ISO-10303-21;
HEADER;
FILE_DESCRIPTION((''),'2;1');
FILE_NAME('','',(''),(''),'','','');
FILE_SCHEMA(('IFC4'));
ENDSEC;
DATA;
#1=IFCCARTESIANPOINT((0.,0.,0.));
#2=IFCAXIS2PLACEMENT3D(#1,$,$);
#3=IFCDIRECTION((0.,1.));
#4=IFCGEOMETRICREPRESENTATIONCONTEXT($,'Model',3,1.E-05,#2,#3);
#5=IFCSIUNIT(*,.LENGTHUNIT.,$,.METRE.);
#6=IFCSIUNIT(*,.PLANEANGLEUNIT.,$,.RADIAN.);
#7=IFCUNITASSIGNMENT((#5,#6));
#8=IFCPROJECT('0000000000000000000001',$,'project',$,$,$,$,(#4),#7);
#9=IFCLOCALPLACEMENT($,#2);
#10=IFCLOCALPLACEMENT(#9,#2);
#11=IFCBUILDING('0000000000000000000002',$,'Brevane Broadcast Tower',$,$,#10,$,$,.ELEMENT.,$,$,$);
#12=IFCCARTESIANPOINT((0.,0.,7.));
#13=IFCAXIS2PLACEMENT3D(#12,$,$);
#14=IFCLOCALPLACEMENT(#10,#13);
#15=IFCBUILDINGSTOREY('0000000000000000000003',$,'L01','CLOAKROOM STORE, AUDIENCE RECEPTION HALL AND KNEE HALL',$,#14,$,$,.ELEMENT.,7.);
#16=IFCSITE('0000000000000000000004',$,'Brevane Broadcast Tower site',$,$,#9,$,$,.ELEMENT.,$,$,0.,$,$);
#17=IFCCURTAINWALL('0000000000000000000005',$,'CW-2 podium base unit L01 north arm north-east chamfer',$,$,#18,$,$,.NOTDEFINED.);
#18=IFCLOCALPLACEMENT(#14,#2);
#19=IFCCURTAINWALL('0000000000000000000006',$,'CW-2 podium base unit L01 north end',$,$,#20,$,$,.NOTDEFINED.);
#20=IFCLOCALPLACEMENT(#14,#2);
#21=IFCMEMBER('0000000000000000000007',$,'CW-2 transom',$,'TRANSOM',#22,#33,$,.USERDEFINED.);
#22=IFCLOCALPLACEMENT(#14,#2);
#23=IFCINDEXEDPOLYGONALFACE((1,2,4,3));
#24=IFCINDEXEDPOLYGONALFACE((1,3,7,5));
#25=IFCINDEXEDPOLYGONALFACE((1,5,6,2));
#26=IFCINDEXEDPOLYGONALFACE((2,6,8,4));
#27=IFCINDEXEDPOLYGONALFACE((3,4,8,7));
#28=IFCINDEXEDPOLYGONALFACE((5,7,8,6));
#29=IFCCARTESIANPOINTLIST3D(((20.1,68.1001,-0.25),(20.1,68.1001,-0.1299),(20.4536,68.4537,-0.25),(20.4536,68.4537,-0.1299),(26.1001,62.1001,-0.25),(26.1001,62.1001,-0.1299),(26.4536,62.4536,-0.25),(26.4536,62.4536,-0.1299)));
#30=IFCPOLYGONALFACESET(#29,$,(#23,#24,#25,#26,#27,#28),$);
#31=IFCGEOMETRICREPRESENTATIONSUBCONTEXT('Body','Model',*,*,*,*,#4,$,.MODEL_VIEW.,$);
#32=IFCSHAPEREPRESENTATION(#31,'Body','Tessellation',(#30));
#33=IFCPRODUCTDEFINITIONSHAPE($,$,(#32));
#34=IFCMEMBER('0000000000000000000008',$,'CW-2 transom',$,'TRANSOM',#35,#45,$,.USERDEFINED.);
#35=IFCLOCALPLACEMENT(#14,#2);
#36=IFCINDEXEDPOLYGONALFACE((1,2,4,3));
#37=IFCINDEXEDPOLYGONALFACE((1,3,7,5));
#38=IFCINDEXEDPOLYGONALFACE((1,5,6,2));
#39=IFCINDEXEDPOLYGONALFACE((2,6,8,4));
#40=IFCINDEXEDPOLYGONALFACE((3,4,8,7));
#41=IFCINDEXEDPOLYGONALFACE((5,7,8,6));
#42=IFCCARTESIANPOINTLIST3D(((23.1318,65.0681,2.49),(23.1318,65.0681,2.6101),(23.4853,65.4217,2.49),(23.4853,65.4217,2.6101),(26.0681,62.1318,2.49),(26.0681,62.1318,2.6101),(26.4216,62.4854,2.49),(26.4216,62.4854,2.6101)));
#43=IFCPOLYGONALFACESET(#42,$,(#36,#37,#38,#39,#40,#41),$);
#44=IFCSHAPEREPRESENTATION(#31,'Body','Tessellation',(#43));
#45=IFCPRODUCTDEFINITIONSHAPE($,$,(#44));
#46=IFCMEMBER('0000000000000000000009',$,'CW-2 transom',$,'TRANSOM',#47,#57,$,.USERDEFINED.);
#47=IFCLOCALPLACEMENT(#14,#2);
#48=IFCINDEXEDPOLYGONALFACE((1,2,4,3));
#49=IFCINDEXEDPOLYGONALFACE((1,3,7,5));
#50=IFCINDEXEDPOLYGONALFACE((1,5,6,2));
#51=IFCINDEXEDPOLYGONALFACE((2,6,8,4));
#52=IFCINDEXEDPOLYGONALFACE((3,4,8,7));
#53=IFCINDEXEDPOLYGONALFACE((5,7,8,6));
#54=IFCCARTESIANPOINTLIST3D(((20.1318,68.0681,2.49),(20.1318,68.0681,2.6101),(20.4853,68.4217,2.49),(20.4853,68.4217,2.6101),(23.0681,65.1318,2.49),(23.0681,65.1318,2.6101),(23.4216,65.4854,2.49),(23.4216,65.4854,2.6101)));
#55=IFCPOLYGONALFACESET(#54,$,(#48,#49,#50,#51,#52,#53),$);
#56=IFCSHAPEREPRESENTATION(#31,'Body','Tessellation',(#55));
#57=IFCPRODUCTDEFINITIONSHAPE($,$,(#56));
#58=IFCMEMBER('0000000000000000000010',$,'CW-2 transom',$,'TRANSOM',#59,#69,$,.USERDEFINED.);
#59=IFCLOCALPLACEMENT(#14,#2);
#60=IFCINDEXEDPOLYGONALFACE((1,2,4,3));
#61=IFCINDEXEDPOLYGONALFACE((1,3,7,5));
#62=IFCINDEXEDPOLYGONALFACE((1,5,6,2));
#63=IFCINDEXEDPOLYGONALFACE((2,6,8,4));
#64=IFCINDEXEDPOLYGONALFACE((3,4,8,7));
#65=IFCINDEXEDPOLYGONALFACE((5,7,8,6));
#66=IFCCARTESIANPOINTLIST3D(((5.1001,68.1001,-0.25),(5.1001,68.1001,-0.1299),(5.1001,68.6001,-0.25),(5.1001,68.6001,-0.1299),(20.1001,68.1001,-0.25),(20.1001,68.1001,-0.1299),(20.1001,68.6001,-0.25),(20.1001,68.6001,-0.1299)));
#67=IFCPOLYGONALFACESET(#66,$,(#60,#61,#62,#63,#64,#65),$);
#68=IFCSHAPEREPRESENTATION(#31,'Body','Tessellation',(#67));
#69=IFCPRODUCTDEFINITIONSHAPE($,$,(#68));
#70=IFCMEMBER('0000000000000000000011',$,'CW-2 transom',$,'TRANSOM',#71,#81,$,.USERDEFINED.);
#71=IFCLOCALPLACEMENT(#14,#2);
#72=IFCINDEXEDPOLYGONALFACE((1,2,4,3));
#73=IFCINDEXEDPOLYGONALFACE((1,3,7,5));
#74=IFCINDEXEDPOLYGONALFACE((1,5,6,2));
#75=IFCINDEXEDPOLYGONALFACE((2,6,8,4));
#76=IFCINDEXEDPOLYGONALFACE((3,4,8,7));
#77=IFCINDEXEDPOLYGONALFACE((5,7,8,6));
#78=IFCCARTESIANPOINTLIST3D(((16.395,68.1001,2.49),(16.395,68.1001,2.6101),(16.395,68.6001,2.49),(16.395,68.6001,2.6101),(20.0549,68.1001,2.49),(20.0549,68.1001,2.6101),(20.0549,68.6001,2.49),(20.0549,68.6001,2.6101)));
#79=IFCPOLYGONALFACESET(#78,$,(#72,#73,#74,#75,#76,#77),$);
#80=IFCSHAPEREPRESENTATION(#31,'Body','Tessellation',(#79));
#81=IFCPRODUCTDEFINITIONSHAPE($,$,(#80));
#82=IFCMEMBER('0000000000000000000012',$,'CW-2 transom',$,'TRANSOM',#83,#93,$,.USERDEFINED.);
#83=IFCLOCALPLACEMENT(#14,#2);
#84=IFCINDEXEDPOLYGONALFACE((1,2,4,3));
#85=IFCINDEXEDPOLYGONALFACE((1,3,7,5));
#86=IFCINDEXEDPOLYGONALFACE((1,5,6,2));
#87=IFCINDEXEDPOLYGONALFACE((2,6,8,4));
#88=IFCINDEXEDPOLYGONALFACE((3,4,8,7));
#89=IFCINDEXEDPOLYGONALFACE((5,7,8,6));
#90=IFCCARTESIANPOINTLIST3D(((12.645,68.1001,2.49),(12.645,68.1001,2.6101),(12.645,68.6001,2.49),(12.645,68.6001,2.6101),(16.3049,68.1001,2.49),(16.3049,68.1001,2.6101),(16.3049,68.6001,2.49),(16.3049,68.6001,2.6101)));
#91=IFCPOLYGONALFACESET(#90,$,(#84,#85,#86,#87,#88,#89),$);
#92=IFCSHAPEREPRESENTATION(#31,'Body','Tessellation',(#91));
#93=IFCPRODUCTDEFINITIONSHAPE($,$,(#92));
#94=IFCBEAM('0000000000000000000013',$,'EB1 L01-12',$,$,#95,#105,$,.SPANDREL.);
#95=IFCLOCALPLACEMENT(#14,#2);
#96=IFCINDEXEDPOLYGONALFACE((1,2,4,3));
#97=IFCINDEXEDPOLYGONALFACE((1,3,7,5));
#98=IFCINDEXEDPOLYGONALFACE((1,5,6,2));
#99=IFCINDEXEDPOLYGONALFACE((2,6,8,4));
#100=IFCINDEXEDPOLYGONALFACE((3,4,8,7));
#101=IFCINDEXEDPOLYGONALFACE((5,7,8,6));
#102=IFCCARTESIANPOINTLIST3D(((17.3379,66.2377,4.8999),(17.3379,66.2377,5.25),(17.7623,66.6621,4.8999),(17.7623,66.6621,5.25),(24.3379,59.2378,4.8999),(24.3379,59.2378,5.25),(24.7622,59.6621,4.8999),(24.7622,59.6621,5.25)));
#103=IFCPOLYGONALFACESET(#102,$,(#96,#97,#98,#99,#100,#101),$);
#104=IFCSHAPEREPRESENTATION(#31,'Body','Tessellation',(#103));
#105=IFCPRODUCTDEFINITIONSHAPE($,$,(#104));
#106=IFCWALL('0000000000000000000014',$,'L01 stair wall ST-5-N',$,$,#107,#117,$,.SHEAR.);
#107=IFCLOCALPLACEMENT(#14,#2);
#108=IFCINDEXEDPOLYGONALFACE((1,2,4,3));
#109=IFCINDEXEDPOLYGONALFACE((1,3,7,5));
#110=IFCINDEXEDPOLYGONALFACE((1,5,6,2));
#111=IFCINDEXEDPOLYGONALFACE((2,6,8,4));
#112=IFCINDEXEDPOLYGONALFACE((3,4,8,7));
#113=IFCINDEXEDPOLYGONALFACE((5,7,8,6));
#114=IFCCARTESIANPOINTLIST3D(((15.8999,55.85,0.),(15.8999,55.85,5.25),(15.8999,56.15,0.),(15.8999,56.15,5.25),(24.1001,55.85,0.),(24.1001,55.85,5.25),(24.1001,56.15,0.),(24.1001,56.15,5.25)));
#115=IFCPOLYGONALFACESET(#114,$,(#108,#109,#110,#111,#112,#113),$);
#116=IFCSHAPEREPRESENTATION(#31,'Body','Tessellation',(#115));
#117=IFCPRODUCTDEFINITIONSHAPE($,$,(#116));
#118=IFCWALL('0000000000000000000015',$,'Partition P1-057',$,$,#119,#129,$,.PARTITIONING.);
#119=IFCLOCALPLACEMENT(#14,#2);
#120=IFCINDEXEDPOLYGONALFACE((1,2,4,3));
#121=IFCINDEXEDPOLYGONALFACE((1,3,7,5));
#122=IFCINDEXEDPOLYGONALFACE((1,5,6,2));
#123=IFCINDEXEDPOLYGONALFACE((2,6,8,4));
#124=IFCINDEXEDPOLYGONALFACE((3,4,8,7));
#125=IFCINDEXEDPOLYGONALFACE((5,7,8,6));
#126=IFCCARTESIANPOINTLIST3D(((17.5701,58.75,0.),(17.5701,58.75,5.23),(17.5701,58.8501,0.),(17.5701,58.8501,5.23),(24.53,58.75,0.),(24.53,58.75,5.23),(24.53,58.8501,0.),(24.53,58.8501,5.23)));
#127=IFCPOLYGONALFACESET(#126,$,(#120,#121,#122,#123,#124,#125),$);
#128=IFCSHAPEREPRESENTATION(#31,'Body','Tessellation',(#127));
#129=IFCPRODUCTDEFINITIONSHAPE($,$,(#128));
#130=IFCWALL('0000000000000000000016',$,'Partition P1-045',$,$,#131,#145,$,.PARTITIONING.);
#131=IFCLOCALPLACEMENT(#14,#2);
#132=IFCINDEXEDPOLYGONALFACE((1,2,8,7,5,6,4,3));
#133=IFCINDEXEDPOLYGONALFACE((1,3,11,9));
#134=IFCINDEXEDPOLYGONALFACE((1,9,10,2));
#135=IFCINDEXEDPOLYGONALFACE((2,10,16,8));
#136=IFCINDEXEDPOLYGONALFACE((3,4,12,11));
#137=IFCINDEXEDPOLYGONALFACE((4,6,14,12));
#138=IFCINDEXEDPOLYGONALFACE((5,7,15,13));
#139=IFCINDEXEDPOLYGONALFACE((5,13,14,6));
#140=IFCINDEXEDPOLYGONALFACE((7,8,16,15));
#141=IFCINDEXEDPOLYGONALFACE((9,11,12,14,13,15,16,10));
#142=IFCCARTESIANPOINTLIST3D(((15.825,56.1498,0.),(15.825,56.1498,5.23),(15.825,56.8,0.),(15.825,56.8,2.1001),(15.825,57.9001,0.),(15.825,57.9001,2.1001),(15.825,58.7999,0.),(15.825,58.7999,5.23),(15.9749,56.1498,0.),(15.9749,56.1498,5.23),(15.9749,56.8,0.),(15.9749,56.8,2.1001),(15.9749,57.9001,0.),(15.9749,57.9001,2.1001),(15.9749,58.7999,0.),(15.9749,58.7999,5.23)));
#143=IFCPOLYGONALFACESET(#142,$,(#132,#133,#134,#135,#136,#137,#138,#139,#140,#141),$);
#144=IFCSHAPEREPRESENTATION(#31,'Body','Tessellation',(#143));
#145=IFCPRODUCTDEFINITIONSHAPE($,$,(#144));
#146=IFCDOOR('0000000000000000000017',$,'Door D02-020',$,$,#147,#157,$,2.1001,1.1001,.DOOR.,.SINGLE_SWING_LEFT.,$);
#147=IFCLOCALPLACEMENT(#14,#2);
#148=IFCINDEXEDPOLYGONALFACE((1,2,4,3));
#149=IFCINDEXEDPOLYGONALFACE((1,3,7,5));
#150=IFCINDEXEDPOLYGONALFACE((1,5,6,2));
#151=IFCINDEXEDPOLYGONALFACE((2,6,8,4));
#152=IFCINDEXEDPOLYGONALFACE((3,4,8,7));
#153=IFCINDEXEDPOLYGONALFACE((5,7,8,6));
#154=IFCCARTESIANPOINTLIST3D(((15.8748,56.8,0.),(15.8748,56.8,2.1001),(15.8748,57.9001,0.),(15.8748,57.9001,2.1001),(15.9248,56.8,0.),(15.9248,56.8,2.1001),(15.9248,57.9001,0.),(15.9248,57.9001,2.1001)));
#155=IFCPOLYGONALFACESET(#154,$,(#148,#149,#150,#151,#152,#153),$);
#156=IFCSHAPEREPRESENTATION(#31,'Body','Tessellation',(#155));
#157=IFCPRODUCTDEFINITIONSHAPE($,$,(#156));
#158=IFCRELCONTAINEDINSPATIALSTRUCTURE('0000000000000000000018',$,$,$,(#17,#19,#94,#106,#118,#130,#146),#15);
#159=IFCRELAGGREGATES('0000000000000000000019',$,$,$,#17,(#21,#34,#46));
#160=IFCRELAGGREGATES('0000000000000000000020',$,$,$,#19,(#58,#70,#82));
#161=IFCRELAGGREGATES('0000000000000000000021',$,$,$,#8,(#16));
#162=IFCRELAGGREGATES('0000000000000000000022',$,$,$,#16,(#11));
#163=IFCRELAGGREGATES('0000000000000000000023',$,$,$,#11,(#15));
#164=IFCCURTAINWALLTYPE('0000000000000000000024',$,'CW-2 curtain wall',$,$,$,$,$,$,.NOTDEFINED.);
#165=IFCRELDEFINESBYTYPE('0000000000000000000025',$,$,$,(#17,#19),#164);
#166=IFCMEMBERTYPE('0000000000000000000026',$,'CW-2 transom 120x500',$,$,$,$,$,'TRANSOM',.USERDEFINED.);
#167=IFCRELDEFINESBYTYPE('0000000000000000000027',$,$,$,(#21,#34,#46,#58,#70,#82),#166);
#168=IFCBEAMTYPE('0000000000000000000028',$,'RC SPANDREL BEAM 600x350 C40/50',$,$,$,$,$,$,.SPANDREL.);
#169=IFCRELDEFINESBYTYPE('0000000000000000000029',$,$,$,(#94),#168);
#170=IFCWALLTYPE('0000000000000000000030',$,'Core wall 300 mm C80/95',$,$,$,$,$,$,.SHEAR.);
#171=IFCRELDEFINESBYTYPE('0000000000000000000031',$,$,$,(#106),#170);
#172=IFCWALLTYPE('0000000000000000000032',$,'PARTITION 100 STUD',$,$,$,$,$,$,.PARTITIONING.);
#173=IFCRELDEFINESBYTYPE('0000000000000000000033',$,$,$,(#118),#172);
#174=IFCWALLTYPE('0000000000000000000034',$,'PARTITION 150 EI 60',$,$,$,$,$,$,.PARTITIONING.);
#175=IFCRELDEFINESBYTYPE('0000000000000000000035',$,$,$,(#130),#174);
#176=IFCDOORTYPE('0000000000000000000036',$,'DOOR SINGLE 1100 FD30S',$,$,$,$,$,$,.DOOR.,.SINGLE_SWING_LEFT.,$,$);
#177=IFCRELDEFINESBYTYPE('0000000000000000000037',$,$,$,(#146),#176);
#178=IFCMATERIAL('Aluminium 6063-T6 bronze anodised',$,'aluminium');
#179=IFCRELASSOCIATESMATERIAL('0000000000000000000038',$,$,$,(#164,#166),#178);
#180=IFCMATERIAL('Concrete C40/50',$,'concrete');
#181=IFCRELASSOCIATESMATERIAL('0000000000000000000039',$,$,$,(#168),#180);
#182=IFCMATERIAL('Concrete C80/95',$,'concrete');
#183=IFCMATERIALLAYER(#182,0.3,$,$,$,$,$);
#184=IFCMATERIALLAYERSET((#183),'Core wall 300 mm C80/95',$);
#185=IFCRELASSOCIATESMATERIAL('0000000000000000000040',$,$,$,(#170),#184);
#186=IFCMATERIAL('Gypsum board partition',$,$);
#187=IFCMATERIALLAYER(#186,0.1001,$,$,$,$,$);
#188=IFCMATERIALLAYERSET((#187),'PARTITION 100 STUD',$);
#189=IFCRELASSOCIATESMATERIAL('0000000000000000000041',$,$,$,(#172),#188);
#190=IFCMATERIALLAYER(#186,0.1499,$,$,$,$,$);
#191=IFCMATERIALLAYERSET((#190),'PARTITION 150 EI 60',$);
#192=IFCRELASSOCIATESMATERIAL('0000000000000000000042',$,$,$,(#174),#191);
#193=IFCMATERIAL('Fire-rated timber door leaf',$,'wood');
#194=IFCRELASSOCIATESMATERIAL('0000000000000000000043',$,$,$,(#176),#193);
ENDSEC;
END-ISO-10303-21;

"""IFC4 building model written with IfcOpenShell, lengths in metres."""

from ifc_helpers import new_model, si_unit, direction, frame, frame_2d, origin, origin_2d, place, context, subcontext, project, spatial, rectangle, extrude, material, layer, layer_set, material_profile, profile_set, type_object, element, fill, aggregate, save


model = new_model("IFC4")

# Units and contexts
model_context = context("Model", 3, precision=1e-05, world=origin(), true_north=direction((0.0, 1.0)))
body_context = subcontext(model_context, "Body", "Model", "MODEL_VIEW")
ifc_project = project(units=[si_unit("LENGTHUNIT", "METRE"), si_unit("PLANEANGLEUNIT", "RADIAN")], contexts=[model_context])

# Site, building, storey
site_placement = place(None, origin())
site = spatial("IfcSite", under=ifc_project, at=site_placement, Name="Brevane Broadcast Tower site", CompositionType="ELEMENT", RefElevation=0.0)
building_placement = place(site_placement, origin())
building = spatial("IfcBuilding", under=site, at=building_placement, Name="Brevane Broadcast Tower", CompositionType="ELEMENT")
storey_placement = place(building_placement, frame((0.0, 0.0, 7.0)))
storey = spatial("IfcBuildingStorey", under=building, at=storey_placement, Name="L01", Description="CLOAKROOM STORE, AUDIENCE RECEPTION HALL AND KNEE HALL", CompositionType="ELEMENT", Elevation=7.0)

# Shared definitions
ifc_material_1 = material(Name="Concrete C80/95", Category="concrete")

# Curtain walls
ifc_material_2 = material(Name="Aluminium 6063-T6 bronze anodised", Category="aluminium")
curtain_wall_type = type_object("IfcCurtainWallType", Name="CW-2 curtain wall", PredefinedType="NOTDEFINED", material=ifc_material_2)
curtain_wall_1_placement = place(storey_placement, origin())
curtain_wall_1 = element("IfcCurtainWall", 1, at=curtain_wall_1_placement, inside=storey, type_object=curtain_wall_type, Name="CW-2 podium base unit L01 north arm north-east chamfer", PredefinedType="NOTDEFINED")
curtain_wall_2_placement = place(storey_placement, origin())
curtain_wall_2 = element("IfcCurtainWall", 2, at=curtain_wall_2_placement, inside=storey, type_object=curtain_wall_type, Name="CW-2 podium base unit L01 north end", PredefinedType="NOTDEFINED")

# Members
ifc_material_profile_1 = material_profile(ifc_material_2, rectangle(XDim=0.5, YDim=0.1201, at=origin_2d()), Name="RECT 120x500")
ifc_profile_set_1 = profile_set([ifc_material_profile_1], Name="Aluminium 6063-T6 bronze anodised")
member_type_1 = type_object("IfcMemberType", Name="CW-2 transom 120x500", ElementType="TRANSOM", PredefinedType="USERDEFINED", material=ifc_profile_set_1)
member_1_placement = place(storey_placement, frame((26.2769, 62.2769, -0.1899), z_axis=(-0.707107, 0.707107, 0.0), x_axis=(-0.707107, -0.707107, 0.0)))
member_1 = element("IfcMember", 3, at=member_1_placement, type_object=member_type_1, Name="CW-2 transom", ObjectType="TRANSOM", PredefinedType="USERDEFINED", context=body_context, shape_type="SweptSolid", body=[
    extrude(rectangle(XDim=0.5, YDim=0.1201, at=origin_2d()), origin(), (0.0, 0.0, 1.0), 8.4854),
])
member_2_placement = place(storey_placement, frame((26.2449, 62.3086, 2.55), z_axis=(-0.707107, 0.707107, 0.0), x_axis=(-0.707107, -0.707107, 0.0)))
member_2 = element("IfcMember", 4, at=member_2_placement, type_object=member_type_1, Name="CW-2 transom", ObjectType="TRANSOM", PredefinedType="USERDEFINED", context=body_context, shape_type="SweptSolid", body=[
    extrude(rectangle(XDim=0.5, YDim=0.1201, at=origin_2d()), origin(), (0.0, 0.0, 1.0), 4.1526),
])
member_3_placement = place(storey_placement, frame((23.2449, 65.3086, 2.55), z_axis=(-0.707107, 0.707107, 0.0), x_axis=(-0.707107, -0.707107, 0.0)))
member_3 = element("IfcMember", 5, at=member_3_placement, type_object=member_type_1, Name="CW-2 transom", ObjectType="TRANSOM", PredefinedType="USERDEFINED", context=body_context, shape_type="SweptSolid", body=[
    extrude(rectangle(XDim=0.5, YDim=0.1201, at=origin_2d()), origin(), (0.0, 0.0, 1.0), 4.1526),
])
aggregate(curtain_wall_1, [member_1, member_2, member_3])
member_4_placement = place(storey_placement, frame((20.1001, 68.3501, -0.1899), z_axis=(-1.0, 0.0, 0.0), x_axis=(0.0, -1.0, 0.0)))
member_4 = element("IfcMember", 6, at=member_4_placement, type_object=member_type_1, Name="CW-2 transom", ObjectType="TRANSOM", PredefinedType="USERDEFINED", context=body_context, shape_type="SweptSolid", body=[
    extrude(rectangle(XDim=0.5, YDim=0.1201, at=origin_2d()), origin(), (0.0, 0.0, 1.0), 15.0),
])
member_5_placement = place(storey_placement, frame((20.0549, 68.3501, 2.55), z_axis=(-1.0, 0.0, 0.0), x_axis=(0.0, -1.0, 0.0)))
member_5 = element("IfcMember", 7, at=member_5_placement, type_object=member_type_1, Name="CW-2 transom", ObjectType="TRANSOM", PredefinedType="USERDEFINED", context=body_context, shape_type="SweptSolid", body=[
    extrude(rectangle(XDim=0.5, YDim=0.1201, at=origin_2d()), origin(), (0.0, 0.0, 1.0), 3.6599),
])
member_6_placement = place(storey_placement, frame((16.3049, 68.3501, 2.55), z_axis=(-1.0, 0.0, 0.0), x_axis=(0.0, -1.0, 0.0)))
member_6 = element("IfcMember", 8, at=member_6_placement, type_object=member_type_1, Name="CW-2 transom", ObjectType="TRANSOM", PredefinedType="USERDEFINED", context=body_context, shape_type="SweptSolid", body=[
    extrude(rectangle(XDim=0.5, YDim=0.1201, at=origin_2d()), origin(), (0.0, 0.0, 1.0), 3.6599),
])
aggregate(curtain_wall_2, [member_4, member_5, member_6])

# Beam
ifc_material_3 = material(Name="Concrete C40/50", Category="concrete")
ifc_material_profile_2 = material_profile(ifc_material_3, rectangle(XDim=0.6001, YDim=0.3501, at=origin_2d()), Name="RC 600x350")
ifc_profile_set_2 = profile_set([ifc_material_profile_2], Name="Concrete C40/50")
beam_type = type_object("IfcBeamType", Name="RC SPANDREL BEAM 600x350 C40/50", PredefinedType="SPANDREL", material=ifc_profile_set_2)
beam_placement = place(storey_placement, frame((24.55, 59.45, 5.075), z_axis=(-0.707107, 0.707107, 0.0), x_axis=(-0.707107, -0.707107, 0.0)))
element("IfcBeam", 9, at=beam_placement, inside=storey, type_object=beam_type, Name="EB1 L01-12", PredefinedType="SPANDREL", context=body_context, shape_type="SweptSolid", body=[
    extrude(rectangle(XDim=0.6001, YDim=0.3501, at=origin_2d()), origin(), (0.0, 0.0, 1.0), 9.8994),
])

# Walls
ifc_layer_1 = layer(ifc_material_1, 0.3)
ifc_layer_set_1 = layer_set([ifc_layer_1], Name="Core wall 300 mm C80/95")
wall_type_1 = type_object("IfcWallType", Name="Core wall 300 mm C80/95", PredefinedType="SHEAR", material=ifc_layer_set_1)
wall_1_placement = place(storey_placement, frame((15.8999, 56.0, 0.0), z_axis=(0.0, 0.0, 1.0), x_axis=(1.0, 0.0, 0.0)))
element("IfcWall", 10, at=wall_1_placement, inside=storey, type_object=wall_type_1, Name="L01 stair wall ST-5-N", PredefinedType="SHEAR", context=body_context, shape_type="SweptSolid", body=[
    extrude(rectangle(XDim=8.2002, YDim=0.3, at=frame_2d((4.1001, 0.0))), origin(), (0.0, 0.0, 1.0), 5.25),
])
ifc_material_4 = material(Name="Gypsum board partition")
ifc_layer_2 = layer(ifc_material_4, 0.1001)
ifc_layer_set_2 = layer_set([ifc_layer_2], Name="PARTITION 100 STUD")
wall_type_2 = type_object("IfcWallType", Name="PARTITION 100 STUD", PredefinedType="PARTITIONING", material=ifc_layer_set_2)
wall_2_placement = place(storey_placement, frame((17.5701, 58.8, 0.0), z_axis=(0.0, 0.0, 1.0), x_axis=(1.0, 0.0, 0.0)))
element("IfcWall", 11, at=wall_2_placement, inside=storey, type_object=wall_type_2, Name="Partition P1-057", PredefinedType="PARTITIONING", context=body_context, shape_type="SweptSolid", body=[
    extrude(rectangle(XDim=6.96, YDim=0.1001, at=frame_2d((3.48, 0.0))), origin(), (0.0, 0.0, 1.0), 5.23),
])

# Wall, opening, door
ifc_layer_3 = layer(ifc_material_4, 0.1499)
ifc_layer_set_3 = layer_set([ifc_layer_3], Name="PARTITION 150 EI 60")
wall_type_3 = type_object("IfcWallType", Name="PARTITION 150 EI 60", PredefinedType="PARTITIONING", material=ifc_layer_set_3)
wall_3_placement = place(storey_placement, frame((15.8999, 58.8, 0.0), z_axis=(0.0, 0.0, 1.0), x_axis=(0.0, -1.0, 0.0)))
wall_3 = element("IfcWall", 12, at=wall_3_placement, inside=storey, type_object=wall_type_3, Name="Partition P1-045", PredefinedType="PARTITIONING", context=body_context, shape_type="SweptSolid", body=[
    extrude(rectangle(XDim=2.6501, YDim=0.1499, at=frame_2d((1.3252, 0.0))), origin(), (0.0, 0.0, 1.0), 5.23),
])
opening_placement = place(wall_3_placement, frame((0.8999, 0.0, 0.0)))
opening = element("IfcOpeningElement", 13, at=opening_placement, cuts=wall_3, PredefinedType="OPENING", context=body_context, shape_type="SweptSolid", body=[
    extrude(rectangle(XDim=1.1001, YDim=2.1001, at=frame_2d((0.55, 1.05))), frame((0.0, 0.085, 0.0), z_axis=(0.0, -1.0, 0.0), x_axis=(1.0, 0.0, 0.0)), (0.0, 0.0, 1.0), 0.1699),
])
ifc_material_5 = material(Name="Fire-rated timber door leaf", Category="wood")
door_type = type_object("IfcDoorType", Name="DOOR SINGLE 1100 FD30S", OperationType="SINGLE_SWING_LEFT", PredefinedType="DOOR", material=ifc_material_5)
door_placement = place(opening_placement, origin())
door = element("IfcDoor", 14, at=door_placement, inside=storey, type_object=door_type, Name="Door D02-020", OperationType="SINGLE_SWING_LEFT", OverallHeight=2.1001, OverallWidth=1.1001, PredefinedType="DOOR", context=body_context, shape_type="SweptSolid", body=[
    extrude(rectangle(XDim=1.1001, YDim=2.1001, at=frame_2d((0.55, 1.05))), frame((0.0, 0.0249, 0.0), z_axis=(0.0, -1.0, 0.0), x_axis=(1.0, 0.0, 0.0)), (0.0, 0.0, 1.0), 0.05),
])
fill(opening, door)

save(model, "model.ifc")
